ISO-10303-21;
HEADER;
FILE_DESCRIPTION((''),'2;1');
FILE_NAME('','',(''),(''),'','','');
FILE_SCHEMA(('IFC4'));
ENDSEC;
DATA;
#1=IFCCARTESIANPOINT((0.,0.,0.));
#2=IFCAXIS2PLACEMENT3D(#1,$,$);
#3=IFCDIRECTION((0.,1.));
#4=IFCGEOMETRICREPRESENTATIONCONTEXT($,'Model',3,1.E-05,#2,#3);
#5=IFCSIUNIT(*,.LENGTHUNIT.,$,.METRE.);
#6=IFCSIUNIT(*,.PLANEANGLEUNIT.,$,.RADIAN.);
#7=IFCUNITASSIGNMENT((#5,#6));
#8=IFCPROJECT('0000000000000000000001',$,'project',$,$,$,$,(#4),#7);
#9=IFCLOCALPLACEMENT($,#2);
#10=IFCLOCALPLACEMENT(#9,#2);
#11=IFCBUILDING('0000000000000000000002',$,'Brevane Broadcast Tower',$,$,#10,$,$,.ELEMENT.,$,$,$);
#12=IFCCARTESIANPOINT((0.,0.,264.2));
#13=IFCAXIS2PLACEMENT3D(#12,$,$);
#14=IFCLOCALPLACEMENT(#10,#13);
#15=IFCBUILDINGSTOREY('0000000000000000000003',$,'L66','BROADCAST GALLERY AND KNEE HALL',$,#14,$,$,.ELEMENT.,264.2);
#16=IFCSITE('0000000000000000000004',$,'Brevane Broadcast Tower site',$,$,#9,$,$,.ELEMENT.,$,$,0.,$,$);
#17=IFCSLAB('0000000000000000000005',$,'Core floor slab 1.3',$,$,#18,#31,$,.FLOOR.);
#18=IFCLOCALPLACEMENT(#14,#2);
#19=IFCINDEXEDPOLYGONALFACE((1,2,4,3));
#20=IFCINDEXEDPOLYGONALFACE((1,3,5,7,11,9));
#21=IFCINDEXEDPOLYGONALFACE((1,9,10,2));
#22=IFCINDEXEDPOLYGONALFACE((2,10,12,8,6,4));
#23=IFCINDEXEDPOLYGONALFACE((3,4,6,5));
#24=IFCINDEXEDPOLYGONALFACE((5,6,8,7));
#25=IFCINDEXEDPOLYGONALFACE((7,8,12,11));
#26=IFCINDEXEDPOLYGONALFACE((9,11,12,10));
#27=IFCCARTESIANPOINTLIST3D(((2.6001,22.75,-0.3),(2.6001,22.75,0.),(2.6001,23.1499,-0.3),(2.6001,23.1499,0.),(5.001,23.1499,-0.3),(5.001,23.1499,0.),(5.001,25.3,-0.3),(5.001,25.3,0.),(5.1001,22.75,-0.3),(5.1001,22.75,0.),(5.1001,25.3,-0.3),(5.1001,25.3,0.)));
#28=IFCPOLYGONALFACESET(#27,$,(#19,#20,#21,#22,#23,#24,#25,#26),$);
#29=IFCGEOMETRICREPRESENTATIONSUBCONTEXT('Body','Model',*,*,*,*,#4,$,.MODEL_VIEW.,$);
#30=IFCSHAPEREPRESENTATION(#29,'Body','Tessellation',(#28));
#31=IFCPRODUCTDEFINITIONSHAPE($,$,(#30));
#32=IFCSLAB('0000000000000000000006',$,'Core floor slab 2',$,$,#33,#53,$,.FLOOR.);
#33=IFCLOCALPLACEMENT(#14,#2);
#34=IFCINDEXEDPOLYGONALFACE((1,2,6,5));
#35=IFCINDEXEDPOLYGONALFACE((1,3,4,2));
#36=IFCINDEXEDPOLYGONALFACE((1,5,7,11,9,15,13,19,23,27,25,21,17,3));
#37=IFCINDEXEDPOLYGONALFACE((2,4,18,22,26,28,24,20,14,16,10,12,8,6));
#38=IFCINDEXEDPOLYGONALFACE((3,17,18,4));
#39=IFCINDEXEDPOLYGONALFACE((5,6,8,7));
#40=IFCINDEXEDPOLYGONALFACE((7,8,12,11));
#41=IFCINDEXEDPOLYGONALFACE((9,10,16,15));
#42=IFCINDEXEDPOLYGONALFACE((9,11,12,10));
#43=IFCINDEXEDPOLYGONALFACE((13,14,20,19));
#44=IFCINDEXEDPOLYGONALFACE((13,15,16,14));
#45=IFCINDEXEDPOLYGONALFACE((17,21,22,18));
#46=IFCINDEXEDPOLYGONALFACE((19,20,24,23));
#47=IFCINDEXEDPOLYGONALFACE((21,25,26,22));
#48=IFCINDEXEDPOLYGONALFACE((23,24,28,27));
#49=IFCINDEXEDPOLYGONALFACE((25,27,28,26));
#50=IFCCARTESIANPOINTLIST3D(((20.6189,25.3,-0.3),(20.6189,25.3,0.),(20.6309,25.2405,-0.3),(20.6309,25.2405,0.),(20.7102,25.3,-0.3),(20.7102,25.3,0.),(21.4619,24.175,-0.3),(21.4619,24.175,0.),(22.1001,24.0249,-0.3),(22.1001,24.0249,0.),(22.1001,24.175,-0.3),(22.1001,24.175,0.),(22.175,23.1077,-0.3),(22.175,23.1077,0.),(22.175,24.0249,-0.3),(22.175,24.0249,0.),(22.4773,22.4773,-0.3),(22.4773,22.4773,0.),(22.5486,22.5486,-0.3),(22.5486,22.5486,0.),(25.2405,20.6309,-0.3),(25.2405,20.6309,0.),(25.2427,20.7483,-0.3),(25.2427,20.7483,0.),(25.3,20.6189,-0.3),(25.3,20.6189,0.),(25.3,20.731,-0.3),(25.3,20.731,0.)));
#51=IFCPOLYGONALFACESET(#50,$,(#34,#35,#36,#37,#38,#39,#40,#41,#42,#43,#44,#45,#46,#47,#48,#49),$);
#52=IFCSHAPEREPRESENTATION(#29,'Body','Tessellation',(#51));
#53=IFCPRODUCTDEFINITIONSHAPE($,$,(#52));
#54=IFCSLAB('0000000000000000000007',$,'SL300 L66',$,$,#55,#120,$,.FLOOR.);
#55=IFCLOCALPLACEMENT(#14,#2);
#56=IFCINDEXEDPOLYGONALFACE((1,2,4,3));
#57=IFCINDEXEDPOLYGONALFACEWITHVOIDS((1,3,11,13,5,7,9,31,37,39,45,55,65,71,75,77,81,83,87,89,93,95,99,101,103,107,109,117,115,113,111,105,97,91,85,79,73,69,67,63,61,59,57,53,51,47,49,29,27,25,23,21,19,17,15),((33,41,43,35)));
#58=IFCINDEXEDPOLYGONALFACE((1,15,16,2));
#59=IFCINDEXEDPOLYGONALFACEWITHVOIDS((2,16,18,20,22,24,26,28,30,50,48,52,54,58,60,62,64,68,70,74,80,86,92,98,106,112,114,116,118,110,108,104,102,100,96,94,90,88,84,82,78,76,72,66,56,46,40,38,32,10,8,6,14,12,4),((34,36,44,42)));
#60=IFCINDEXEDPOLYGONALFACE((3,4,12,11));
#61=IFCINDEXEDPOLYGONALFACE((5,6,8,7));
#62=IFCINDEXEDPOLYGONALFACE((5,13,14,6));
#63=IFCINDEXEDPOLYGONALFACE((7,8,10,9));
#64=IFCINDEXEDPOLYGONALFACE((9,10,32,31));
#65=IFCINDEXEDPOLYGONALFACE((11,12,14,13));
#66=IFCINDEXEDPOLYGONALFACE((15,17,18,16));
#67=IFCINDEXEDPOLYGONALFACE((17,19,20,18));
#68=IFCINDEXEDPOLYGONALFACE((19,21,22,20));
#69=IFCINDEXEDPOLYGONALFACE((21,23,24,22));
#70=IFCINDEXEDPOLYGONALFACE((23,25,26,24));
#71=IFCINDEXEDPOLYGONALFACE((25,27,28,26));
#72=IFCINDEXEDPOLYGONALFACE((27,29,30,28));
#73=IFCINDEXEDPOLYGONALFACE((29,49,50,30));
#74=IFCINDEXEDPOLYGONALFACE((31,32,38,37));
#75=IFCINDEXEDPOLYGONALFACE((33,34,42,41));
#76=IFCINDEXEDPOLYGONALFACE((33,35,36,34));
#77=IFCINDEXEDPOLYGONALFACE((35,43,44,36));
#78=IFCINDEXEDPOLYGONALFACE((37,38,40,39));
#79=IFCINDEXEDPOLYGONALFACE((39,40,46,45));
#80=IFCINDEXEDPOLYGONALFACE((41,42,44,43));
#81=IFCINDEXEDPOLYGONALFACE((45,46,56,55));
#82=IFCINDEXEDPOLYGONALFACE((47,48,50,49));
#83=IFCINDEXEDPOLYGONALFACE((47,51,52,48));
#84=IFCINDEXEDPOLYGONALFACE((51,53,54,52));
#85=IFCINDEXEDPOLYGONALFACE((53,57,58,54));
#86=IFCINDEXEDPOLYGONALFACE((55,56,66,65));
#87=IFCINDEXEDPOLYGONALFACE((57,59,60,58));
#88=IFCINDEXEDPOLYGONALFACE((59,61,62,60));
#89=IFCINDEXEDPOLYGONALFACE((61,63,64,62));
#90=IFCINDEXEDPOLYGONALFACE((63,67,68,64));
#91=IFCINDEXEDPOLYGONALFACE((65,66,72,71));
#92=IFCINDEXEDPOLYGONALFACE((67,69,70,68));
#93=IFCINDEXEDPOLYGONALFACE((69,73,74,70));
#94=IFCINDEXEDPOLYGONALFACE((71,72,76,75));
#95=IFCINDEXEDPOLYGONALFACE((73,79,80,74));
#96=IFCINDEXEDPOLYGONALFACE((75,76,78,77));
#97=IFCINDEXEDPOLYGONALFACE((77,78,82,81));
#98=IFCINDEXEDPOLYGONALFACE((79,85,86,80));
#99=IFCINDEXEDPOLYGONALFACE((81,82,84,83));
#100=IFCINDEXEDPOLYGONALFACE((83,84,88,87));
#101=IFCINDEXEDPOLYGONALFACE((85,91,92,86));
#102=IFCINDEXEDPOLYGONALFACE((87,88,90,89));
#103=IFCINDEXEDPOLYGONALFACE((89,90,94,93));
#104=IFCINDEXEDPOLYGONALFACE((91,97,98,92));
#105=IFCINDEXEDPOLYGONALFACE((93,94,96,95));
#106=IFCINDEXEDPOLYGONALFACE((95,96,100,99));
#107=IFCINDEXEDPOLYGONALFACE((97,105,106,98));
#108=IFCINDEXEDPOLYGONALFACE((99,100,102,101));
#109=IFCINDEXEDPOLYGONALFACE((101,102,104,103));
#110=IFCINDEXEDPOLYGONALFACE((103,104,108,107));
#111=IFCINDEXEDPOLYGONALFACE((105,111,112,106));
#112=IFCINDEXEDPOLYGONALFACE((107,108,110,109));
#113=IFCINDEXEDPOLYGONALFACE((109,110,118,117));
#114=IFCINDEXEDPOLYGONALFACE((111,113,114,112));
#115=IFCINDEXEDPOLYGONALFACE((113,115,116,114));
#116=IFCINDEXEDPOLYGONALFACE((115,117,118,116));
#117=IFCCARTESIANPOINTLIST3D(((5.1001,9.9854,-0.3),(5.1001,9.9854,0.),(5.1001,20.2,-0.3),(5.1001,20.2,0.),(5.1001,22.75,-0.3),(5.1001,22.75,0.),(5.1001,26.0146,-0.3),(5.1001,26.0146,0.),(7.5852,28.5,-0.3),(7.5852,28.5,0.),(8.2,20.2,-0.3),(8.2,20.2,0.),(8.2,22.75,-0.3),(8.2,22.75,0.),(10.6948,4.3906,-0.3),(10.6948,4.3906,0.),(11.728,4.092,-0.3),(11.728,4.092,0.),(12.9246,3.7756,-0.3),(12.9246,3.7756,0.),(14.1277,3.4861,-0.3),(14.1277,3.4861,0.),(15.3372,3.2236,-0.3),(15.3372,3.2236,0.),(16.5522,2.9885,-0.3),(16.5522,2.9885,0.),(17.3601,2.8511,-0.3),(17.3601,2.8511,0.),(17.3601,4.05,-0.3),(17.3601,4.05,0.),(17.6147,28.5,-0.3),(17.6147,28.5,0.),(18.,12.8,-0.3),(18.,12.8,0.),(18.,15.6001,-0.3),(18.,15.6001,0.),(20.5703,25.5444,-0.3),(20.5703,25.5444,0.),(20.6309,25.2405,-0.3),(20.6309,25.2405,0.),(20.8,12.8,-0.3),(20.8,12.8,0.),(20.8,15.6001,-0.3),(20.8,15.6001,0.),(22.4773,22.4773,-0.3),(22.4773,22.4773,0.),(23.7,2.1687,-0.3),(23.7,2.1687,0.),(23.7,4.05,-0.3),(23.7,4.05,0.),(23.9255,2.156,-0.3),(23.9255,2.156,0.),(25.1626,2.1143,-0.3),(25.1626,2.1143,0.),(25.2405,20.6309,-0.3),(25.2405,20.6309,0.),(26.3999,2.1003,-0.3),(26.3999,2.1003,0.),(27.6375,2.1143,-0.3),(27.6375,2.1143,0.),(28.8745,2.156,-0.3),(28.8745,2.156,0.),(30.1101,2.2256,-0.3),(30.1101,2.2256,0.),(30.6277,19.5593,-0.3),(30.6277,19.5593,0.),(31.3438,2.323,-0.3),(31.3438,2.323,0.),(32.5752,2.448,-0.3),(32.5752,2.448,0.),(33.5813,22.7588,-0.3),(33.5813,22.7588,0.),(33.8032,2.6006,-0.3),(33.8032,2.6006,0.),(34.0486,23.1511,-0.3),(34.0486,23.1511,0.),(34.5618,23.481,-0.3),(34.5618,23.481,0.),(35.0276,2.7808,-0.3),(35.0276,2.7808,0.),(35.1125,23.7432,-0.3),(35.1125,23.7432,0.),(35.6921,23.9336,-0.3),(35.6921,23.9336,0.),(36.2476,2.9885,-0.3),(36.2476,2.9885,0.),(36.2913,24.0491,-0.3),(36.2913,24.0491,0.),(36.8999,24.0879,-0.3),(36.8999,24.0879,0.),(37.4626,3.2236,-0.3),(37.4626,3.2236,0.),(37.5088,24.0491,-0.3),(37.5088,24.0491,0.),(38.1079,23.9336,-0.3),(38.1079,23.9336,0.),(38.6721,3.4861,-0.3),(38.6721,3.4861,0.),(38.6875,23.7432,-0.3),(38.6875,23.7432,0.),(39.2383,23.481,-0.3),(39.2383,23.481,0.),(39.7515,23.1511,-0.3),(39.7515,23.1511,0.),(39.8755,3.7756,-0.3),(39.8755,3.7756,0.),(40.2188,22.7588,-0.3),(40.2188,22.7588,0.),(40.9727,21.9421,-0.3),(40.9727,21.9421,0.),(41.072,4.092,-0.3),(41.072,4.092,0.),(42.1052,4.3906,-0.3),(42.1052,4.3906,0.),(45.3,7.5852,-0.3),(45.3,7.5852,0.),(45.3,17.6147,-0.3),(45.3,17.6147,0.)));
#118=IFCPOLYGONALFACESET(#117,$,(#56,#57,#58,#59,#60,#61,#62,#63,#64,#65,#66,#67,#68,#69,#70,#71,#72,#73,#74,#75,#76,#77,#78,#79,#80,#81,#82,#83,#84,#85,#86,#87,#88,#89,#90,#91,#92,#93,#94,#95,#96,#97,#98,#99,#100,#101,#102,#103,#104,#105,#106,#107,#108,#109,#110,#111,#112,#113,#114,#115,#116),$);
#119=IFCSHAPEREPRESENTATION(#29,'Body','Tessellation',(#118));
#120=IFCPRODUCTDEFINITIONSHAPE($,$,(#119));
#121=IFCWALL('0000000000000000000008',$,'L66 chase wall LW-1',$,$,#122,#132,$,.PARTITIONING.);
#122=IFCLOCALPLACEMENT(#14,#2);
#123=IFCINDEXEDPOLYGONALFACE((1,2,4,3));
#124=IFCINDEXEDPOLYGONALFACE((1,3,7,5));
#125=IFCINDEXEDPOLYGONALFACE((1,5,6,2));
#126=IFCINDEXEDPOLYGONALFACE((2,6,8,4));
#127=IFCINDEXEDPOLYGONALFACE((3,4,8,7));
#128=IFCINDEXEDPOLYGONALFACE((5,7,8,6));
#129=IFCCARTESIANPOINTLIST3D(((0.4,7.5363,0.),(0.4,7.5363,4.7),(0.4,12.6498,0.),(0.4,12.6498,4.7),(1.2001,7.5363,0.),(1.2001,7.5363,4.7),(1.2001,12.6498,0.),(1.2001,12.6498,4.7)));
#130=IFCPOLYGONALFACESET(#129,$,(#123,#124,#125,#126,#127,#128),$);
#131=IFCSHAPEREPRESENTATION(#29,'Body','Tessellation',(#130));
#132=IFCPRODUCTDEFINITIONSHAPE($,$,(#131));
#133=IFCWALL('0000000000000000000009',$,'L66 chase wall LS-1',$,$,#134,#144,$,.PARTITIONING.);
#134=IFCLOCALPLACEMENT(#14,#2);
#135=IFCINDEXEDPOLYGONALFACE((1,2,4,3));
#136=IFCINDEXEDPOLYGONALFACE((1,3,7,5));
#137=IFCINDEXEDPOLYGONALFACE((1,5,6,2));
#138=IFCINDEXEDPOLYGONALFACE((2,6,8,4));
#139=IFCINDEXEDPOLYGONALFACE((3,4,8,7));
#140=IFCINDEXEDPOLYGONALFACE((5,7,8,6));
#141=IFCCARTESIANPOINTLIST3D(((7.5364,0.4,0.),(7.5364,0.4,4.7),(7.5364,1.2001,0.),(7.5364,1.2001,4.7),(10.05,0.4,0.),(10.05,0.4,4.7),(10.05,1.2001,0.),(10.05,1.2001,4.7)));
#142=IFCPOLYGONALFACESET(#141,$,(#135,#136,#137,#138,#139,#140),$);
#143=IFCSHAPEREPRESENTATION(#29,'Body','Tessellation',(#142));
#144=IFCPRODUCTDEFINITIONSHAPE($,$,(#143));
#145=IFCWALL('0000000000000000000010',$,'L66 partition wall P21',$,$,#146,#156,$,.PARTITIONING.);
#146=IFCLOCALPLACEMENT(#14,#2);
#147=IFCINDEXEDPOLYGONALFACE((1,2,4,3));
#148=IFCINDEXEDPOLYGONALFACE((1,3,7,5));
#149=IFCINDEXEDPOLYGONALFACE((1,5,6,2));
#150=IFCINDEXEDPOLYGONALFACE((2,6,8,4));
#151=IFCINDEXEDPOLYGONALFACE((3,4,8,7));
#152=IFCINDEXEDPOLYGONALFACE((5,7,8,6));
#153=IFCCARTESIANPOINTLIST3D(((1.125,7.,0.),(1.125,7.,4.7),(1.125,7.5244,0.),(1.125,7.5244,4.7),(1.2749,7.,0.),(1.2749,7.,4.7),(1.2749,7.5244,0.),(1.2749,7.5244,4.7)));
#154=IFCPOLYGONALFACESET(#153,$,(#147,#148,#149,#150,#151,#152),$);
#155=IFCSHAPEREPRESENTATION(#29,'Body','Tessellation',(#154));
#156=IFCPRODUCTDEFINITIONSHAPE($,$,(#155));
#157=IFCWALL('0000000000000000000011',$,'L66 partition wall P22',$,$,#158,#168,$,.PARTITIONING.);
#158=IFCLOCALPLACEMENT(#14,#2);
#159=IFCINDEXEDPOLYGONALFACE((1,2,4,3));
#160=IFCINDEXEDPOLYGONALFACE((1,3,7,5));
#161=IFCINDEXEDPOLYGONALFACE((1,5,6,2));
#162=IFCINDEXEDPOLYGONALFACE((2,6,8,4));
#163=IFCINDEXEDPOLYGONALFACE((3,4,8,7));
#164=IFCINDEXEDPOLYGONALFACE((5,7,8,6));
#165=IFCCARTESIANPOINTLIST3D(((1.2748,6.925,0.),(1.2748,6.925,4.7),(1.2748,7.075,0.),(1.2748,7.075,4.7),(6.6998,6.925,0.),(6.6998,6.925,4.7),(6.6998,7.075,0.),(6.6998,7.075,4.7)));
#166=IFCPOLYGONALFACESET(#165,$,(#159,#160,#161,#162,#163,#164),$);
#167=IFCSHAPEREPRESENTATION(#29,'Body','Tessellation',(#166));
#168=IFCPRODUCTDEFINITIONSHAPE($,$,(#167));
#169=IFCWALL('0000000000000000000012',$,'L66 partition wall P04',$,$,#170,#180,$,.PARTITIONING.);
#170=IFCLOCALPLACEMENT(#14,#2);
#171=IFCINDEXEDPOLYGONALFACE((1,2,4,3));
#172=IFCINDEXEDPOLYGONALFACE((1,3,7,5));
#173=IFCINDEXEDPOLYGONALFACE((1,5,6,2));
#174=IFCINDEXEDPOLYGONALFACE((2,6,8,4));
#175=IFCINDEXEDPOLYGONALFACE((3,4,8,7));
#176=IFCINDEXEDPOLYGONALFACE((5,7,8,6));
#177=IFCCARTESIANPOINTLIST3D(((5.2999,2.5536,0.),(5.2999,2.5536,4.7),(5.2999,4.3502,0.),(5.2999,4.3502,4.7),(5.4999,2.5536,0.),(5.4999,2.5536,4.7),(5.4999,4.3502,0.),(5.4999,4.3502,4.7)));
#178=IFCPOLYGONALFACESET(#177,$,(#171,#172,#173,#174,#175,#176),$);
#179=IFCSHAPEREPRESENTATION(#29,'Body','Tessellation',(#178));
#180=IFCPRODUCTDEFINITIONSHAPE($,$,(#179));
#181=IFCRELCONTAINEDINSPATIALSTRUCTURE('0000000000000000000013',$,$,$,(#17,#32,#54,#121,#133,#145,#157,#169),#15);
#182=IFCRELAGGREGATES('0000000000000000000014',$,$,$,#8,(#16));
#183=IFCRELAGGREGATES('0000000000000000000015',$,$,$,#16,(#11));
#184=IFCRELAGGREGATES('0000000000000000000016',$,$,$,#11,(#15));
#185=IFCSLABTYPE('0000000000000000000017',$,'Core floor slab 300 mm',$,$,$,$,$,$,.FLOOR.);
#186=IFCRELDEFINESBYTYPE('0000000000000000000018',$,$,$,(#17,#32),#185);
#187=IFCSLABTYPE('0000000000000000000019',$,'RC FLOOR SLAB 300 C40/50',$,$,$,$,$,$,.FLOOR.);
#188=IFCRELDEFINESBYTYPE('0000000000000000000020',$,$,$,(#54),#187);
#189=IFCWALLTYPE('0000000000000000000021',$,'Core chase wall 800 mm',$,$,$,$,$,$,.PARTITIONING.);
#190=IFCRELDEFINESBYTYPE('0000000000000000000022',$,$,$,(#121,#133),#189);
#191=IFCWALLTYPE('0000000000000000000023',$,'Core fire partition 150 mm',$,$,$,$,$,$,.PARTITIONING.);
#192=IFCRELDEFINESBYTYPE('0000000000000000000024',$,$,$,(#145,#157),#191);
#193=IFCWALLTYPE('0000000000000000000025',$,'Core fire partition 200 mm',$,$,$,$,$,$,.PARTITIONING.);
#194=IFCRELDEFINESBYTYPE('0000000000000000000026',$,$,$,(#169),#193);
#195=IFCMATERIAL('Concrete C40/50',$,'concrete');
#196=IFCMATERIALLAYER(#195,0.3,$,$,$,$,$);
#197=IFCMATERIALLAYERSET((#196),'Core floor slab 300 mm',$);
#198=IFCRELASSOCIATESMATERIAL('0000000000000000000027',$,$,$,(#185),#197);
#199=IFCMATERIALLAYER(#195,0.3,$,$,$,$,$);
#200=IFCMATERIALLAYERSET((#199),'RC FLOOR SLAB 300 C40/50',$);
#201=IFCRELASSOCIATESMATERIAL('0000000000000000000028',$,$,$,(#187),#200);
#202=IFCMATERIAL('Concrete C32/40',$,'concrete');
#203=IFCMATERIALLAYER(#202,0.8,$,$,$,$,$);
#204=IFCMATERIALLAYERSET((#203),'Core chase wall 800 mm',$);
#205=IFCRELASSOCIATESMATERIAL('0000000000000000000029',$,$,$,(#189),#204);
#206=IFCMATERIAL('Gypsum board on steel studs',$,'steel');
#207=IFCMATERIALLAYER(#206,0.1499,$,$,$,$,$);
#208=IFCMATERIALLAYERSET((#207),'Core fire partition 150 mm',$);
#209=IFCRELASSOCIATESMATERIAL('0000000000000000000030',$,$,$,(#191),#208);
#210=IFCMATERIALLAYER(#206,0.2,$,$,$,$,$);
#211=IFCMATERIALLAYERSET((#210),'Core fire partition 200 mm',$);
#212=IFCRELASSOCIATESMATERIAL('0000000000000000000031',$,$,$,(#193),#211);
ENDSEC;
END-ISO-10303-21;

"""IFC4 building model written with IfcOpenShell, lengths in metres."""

from ifc_helpers import new_model, si_unit, direction, frame, frame_2d, origin, place, context, subcontext, project, spatial, polyline, rectangle, outline, extrude, material, layer, layer_set, type_object, element, save


model = new_model("IFC4")

# Units and contexts
model_context = context("Model", 3, precision=1e-05, world=origin(), true_north=direction((0.0, 1.0)))
body_context = subcontext(model_context, "Body", "Model", "MODEL_VIEW")
ifc_project = project(units=[si_unit("LENGTHUNIT", "METRE"), si_unit("PLANEANGLEUNIT", "RADIAN")], contexts=[model_context])

# Site, building, storey
site_placement = place(None, origin())
site = spatial("IfcSite", under=ifc_project, at=site_placement, Name="Brevane Broadcast Tower site", CompositionType="ELEMENT", RefElevation=0.0)
building_placement = place(site_placement, origin())
building = spatial("IfcBuilding", under=site, at=building_placement, Name="Brevane Broadcast Tower", CompositionType="ELEMENT")
storey_placement = place(building_placement, frame((0.0, 0.0, 264.2)))
storey = spatial("IfcBuildingStorey", under=building, at=storey_placement, Name="L66", Description="BROADCAST GALLERY AND KNEE HALL", CompositionType="ELEMENT", Elevation=264.2)

# Slabs
ifc_material_1 = material(Name="Concrete C40/50", Category="concrete")
ifc_layer_1 = layer(ifc_material_1, 0.3)
ifc_layer_set_1 = layer_set([ifc_layer_1], Name="Core floor slab 300 mm")
slab_type_1 = type_object("IfcSlabType", Name="Core floor slab 300 mm", PredefinedType="FLOOR", material=ifc_layer_set_1)
slab_1_placement = place(storey_placement, frame((0.0, 0.0, -0.3)))
element("IfcSlab", 1, at=slab_1_placement, inside=storey, type_object=slab_type_1, Name="Core floor slab 1.3", PredefinedType="FLOOR", context=body_context, shape_type="SweptSolid", body=[
    extrude(outline(polyline([(5.001, 23.1499), (5.001, 25.3), (5.1001, 25.3), (5.1001, 22.75), (2.6001, 22.75), (2.6001, 23.1499), (5.001, 23.1499)])), origin(), (0.0, 0.0, 1.0), 0.3),
])
slab_2_placement = place(storey_placement, frame((0.0, 0.0, -0.3)))
element("IfcSlab", 2, at=slab_2_placement, inside=storey, type_object=slab_type_1, Name="Core floor slab 2", PredefinedType="FLOOR", context=body_context, shape_type="SweptSolid", body=[
    extrude(outline(polyline([(22.5486, 22.5486), (25.2427, 20.7483), (25.3, 20.731), (25.3, 20.6189), (25.2405, 20.6309), (22.4773, 22.4773), (20.6309, 25.2405), (20.6189, 25.3), (20.7102, 25.3), (21.4619, 24.175), (22.1001, 24.175), (22.1001, 24.0249), (22.175, 24.0249), (22.175, 23.1077), (22.5486, 22.5486)])), origin(), (0.0, 0.0, 1.0), 0.3),
])
ifc_layer_2 = layer(ifc_material_1, 0.3)
ifc_layer_set_2 = layer_set([ifc_layer_2], Name="RC FLOOR SLAB 300 C40/50")
slab_type_2 = type_object("IfcSlabType", Name="RC FLOOR SLAB 300 C40/50", PredefinedType="FLOOR", material=ifc_layer_set_2)
slab_3_placement = place(storey_placement, frame((0.0, 0.0, -0.3)))
element("IfcSlab", 3, at=slab_3_placement, inside=storey, type_object=slab_type_2, Name="SL300 L66", PredefinedType="FLOOR", context=body_context, shape_type="SweptSolid", body=[
    extrude(outline(polyline([(5.1001, 9.9854), (5.1001, 20.2), (8.2, 20.2), (8.2, 22.75), (5.1001, 22.75), (5.1001, 26.0146), (7.5852, 28.5), (17.6147, 28.5), (20.5703, 25.5444), (20.6309, 25.2405), (22.4773, 22.4773), (25.2405, 20.6309), (30.6277, 19.5593), (33.5813, 22.7588), (34.0486, 23.1511), (34.5618, 23.481), (35.1125, 23.7432), (35.6921, 23.9336), (36.2913, 24.0491), (36.8999, 24.0879), (37.5088, 24.0491), (38.1079, 23.9336), (38.6875, 23.7432), (39.2383, 23.481), (39.7515, 23.1511), (40.2188, 22.7588), (40.9727, 21.9421), (45.3, 17.6147), (45.3, 7.5852), (42.1052, 4.3906), (41.072, 4.092), (39.8755, 3.7756), (38.6721, 3.4861), (37.4626, 3.2236), (36.2476, 2.9885), (35.0276, 2.7808), (33.8032, 2.6006), (32.5752, 2.448), (31.3438, 2.323), (30.1101, 2.2256), (28.8745, 2.156), (27.6375, 2.1143), (26.3999, 2.1003), (25.1626, 2.1143), (23.9255, 2.156), (23.7, 2.1687), (23.7, 4.05), (17.3601, 4.05), (17.3601, 2.8511), (16.5522, 2.9885), (15.3372, 3.2236), (14.1277, 3.4861), (12.9246, 3.7756), (11.728, 4.092), (10.6948, 4.3906), (5.1001, 9.9854)]), holes=[polyline([(18.0, 15.6001), (18.0, 12.8), (20.8, 12.8), (20.8, 15.6001), (18.0, 15.6001)])]), origin(), (0.0, 0.0, 1.0), 0.3),
])

# Walls
ifc_material_2 = material(Name="Concrete C32/40", Category="concrete")
ifc_layer_3 = layer(ifc_material_2, 0.8)
ifc_layer_set_3 = layer_set([ifc_layer_3], Name="Core chase wall 800 mm")
wall_type_1 = type_object("IfcWallType", Name="Core chase wall 800 mm", PredefinedType="PARTITIONING", material=ifc_layer_set_3)
wall_1_placement = place(storey_placement, frame((0.8, 7.5364, 0.0), z_axis=(0.0, 0.0, 1.0), x_axis=(0.0, 1.0, 0.0)))
element("IfcWall", 4, at=wall_1_placement, inside=storey, type_object=wall_type_1, Name="L66 chase wall LW-1", PredefinedType="PARTITIONING", context=body_context, shape_type="SweptSolid", body=[
    extrude(rectangle(XDim=5.1135, YDim=0.8, at=frame_2d((2.5566, 0.0))), origin(), (0.0, 0.0, 1.0), 4.7),
])
wall_2_placement = place(storey_placement, frame((7.5364, 0.8, 0.0), z_axis=(0.0, 0.0, 1.0), x_axis=(1.0, 0.0, 0.0)))
element("IfcWall", 5, at=wall_2_placement, inside=storey, type_object=wall_type_1, Name="L66 chase wall LS-1", PredefinedType="PARTITIONING", context=body_context, shape_type="SweptSolid", body=[
    extrude(rectangle(XDim=2.5137, YDim=0.8, at=frame_2d((1.2568, 0.0))), origin(), (0.0, 0.0, 1.0), 4.7),
])
ifc_material_3 = material(Name="Gypsum board on steel studs", Category="steel")
ifc_layer_4 = layer(ifc_material_3, 0.1499)
ifc_layer_set_4 = layer_set([ifc_layer_4], Name="Core fire partition 150 mm")
wall_type_2 = type_object("IfcWallType", Name="Core fire partition 150 mm", PredefinedType="PARTITIONING", material=ifc_layer_set_4)
wall_3_placement = place(storey_placement, frame((1.2, 7.5244, 0.0), z_axis=(0.0, 0.0, 1.0), x_axis=(0.0, -1.0, 0.0)))
element("IfcWall", 6, at=wall_3_placement, inside=storey, type_object=wall_type_2, Name="L66 partition wall P21", PredefinedType="PARTITIONING", context=body_context, shape_type="SweptSolid", body=[
    extrude(rectangle(XDim=0.5244, YDim=0.1499, at=frame_2d((0.2622, 0.0))), origin(), (0.0, 0.0, 1.0), 4.7),
])
wall_4_placement = place(storey_placement, frame((1.2749, 7.0, 0.0), z_axis=(0.0, 0.0, 1.0), x_axis=(1.0, 0.0, 0.0)))
element("IfcWall", 7, at=wall_4_placement, inside=storey, type_object=wall_type_2, Name="L66 partition wall P22", PredefinedType="PARTITIONING", context=body_context, shape_type="SweptSolid", body=[
    extrude(rectangle(XDim=5.425, YDim=0.1499, at=frame_2d((2.7124, 0.0))), origin(), (0.0, 0.0, 1.0), 4.7),
])
ifc_layer_5 = layer(ifc_material_3, 0.2)
ifc_layer_set_5 = layer_set([ifc_layer_5], Name="Core fire partition 200 mm")
wall_type_3 = type_object("IfcWallType", Name="Core fire partition 200 mm", PredefinedType="PARTITIONING", material=ifc_layer_set_5)
wall_5_placement = place(storey_placement, frame((5.3999, 2.5535, 0.0), z_axis=(0.0, 0.0, 1.0), x_axis=(0.0, 1.0, 0.0)))
element("IfcWall", 8, at=wall_5_placement, inside=storey, type_object=wall_type_3, Name="L66 partition wall P04", PredefinedType="PARTITIONING", context=body_context, shape_type="SweptSolid", body=[
    extrude(rectangle(XDim=1.7966, YDim=0.2, at=frame_2d((0.8984, 0.0))), origin(), (0.0, 0.0, 1.0), 4.7),
])

save(model, "model.ifc")
